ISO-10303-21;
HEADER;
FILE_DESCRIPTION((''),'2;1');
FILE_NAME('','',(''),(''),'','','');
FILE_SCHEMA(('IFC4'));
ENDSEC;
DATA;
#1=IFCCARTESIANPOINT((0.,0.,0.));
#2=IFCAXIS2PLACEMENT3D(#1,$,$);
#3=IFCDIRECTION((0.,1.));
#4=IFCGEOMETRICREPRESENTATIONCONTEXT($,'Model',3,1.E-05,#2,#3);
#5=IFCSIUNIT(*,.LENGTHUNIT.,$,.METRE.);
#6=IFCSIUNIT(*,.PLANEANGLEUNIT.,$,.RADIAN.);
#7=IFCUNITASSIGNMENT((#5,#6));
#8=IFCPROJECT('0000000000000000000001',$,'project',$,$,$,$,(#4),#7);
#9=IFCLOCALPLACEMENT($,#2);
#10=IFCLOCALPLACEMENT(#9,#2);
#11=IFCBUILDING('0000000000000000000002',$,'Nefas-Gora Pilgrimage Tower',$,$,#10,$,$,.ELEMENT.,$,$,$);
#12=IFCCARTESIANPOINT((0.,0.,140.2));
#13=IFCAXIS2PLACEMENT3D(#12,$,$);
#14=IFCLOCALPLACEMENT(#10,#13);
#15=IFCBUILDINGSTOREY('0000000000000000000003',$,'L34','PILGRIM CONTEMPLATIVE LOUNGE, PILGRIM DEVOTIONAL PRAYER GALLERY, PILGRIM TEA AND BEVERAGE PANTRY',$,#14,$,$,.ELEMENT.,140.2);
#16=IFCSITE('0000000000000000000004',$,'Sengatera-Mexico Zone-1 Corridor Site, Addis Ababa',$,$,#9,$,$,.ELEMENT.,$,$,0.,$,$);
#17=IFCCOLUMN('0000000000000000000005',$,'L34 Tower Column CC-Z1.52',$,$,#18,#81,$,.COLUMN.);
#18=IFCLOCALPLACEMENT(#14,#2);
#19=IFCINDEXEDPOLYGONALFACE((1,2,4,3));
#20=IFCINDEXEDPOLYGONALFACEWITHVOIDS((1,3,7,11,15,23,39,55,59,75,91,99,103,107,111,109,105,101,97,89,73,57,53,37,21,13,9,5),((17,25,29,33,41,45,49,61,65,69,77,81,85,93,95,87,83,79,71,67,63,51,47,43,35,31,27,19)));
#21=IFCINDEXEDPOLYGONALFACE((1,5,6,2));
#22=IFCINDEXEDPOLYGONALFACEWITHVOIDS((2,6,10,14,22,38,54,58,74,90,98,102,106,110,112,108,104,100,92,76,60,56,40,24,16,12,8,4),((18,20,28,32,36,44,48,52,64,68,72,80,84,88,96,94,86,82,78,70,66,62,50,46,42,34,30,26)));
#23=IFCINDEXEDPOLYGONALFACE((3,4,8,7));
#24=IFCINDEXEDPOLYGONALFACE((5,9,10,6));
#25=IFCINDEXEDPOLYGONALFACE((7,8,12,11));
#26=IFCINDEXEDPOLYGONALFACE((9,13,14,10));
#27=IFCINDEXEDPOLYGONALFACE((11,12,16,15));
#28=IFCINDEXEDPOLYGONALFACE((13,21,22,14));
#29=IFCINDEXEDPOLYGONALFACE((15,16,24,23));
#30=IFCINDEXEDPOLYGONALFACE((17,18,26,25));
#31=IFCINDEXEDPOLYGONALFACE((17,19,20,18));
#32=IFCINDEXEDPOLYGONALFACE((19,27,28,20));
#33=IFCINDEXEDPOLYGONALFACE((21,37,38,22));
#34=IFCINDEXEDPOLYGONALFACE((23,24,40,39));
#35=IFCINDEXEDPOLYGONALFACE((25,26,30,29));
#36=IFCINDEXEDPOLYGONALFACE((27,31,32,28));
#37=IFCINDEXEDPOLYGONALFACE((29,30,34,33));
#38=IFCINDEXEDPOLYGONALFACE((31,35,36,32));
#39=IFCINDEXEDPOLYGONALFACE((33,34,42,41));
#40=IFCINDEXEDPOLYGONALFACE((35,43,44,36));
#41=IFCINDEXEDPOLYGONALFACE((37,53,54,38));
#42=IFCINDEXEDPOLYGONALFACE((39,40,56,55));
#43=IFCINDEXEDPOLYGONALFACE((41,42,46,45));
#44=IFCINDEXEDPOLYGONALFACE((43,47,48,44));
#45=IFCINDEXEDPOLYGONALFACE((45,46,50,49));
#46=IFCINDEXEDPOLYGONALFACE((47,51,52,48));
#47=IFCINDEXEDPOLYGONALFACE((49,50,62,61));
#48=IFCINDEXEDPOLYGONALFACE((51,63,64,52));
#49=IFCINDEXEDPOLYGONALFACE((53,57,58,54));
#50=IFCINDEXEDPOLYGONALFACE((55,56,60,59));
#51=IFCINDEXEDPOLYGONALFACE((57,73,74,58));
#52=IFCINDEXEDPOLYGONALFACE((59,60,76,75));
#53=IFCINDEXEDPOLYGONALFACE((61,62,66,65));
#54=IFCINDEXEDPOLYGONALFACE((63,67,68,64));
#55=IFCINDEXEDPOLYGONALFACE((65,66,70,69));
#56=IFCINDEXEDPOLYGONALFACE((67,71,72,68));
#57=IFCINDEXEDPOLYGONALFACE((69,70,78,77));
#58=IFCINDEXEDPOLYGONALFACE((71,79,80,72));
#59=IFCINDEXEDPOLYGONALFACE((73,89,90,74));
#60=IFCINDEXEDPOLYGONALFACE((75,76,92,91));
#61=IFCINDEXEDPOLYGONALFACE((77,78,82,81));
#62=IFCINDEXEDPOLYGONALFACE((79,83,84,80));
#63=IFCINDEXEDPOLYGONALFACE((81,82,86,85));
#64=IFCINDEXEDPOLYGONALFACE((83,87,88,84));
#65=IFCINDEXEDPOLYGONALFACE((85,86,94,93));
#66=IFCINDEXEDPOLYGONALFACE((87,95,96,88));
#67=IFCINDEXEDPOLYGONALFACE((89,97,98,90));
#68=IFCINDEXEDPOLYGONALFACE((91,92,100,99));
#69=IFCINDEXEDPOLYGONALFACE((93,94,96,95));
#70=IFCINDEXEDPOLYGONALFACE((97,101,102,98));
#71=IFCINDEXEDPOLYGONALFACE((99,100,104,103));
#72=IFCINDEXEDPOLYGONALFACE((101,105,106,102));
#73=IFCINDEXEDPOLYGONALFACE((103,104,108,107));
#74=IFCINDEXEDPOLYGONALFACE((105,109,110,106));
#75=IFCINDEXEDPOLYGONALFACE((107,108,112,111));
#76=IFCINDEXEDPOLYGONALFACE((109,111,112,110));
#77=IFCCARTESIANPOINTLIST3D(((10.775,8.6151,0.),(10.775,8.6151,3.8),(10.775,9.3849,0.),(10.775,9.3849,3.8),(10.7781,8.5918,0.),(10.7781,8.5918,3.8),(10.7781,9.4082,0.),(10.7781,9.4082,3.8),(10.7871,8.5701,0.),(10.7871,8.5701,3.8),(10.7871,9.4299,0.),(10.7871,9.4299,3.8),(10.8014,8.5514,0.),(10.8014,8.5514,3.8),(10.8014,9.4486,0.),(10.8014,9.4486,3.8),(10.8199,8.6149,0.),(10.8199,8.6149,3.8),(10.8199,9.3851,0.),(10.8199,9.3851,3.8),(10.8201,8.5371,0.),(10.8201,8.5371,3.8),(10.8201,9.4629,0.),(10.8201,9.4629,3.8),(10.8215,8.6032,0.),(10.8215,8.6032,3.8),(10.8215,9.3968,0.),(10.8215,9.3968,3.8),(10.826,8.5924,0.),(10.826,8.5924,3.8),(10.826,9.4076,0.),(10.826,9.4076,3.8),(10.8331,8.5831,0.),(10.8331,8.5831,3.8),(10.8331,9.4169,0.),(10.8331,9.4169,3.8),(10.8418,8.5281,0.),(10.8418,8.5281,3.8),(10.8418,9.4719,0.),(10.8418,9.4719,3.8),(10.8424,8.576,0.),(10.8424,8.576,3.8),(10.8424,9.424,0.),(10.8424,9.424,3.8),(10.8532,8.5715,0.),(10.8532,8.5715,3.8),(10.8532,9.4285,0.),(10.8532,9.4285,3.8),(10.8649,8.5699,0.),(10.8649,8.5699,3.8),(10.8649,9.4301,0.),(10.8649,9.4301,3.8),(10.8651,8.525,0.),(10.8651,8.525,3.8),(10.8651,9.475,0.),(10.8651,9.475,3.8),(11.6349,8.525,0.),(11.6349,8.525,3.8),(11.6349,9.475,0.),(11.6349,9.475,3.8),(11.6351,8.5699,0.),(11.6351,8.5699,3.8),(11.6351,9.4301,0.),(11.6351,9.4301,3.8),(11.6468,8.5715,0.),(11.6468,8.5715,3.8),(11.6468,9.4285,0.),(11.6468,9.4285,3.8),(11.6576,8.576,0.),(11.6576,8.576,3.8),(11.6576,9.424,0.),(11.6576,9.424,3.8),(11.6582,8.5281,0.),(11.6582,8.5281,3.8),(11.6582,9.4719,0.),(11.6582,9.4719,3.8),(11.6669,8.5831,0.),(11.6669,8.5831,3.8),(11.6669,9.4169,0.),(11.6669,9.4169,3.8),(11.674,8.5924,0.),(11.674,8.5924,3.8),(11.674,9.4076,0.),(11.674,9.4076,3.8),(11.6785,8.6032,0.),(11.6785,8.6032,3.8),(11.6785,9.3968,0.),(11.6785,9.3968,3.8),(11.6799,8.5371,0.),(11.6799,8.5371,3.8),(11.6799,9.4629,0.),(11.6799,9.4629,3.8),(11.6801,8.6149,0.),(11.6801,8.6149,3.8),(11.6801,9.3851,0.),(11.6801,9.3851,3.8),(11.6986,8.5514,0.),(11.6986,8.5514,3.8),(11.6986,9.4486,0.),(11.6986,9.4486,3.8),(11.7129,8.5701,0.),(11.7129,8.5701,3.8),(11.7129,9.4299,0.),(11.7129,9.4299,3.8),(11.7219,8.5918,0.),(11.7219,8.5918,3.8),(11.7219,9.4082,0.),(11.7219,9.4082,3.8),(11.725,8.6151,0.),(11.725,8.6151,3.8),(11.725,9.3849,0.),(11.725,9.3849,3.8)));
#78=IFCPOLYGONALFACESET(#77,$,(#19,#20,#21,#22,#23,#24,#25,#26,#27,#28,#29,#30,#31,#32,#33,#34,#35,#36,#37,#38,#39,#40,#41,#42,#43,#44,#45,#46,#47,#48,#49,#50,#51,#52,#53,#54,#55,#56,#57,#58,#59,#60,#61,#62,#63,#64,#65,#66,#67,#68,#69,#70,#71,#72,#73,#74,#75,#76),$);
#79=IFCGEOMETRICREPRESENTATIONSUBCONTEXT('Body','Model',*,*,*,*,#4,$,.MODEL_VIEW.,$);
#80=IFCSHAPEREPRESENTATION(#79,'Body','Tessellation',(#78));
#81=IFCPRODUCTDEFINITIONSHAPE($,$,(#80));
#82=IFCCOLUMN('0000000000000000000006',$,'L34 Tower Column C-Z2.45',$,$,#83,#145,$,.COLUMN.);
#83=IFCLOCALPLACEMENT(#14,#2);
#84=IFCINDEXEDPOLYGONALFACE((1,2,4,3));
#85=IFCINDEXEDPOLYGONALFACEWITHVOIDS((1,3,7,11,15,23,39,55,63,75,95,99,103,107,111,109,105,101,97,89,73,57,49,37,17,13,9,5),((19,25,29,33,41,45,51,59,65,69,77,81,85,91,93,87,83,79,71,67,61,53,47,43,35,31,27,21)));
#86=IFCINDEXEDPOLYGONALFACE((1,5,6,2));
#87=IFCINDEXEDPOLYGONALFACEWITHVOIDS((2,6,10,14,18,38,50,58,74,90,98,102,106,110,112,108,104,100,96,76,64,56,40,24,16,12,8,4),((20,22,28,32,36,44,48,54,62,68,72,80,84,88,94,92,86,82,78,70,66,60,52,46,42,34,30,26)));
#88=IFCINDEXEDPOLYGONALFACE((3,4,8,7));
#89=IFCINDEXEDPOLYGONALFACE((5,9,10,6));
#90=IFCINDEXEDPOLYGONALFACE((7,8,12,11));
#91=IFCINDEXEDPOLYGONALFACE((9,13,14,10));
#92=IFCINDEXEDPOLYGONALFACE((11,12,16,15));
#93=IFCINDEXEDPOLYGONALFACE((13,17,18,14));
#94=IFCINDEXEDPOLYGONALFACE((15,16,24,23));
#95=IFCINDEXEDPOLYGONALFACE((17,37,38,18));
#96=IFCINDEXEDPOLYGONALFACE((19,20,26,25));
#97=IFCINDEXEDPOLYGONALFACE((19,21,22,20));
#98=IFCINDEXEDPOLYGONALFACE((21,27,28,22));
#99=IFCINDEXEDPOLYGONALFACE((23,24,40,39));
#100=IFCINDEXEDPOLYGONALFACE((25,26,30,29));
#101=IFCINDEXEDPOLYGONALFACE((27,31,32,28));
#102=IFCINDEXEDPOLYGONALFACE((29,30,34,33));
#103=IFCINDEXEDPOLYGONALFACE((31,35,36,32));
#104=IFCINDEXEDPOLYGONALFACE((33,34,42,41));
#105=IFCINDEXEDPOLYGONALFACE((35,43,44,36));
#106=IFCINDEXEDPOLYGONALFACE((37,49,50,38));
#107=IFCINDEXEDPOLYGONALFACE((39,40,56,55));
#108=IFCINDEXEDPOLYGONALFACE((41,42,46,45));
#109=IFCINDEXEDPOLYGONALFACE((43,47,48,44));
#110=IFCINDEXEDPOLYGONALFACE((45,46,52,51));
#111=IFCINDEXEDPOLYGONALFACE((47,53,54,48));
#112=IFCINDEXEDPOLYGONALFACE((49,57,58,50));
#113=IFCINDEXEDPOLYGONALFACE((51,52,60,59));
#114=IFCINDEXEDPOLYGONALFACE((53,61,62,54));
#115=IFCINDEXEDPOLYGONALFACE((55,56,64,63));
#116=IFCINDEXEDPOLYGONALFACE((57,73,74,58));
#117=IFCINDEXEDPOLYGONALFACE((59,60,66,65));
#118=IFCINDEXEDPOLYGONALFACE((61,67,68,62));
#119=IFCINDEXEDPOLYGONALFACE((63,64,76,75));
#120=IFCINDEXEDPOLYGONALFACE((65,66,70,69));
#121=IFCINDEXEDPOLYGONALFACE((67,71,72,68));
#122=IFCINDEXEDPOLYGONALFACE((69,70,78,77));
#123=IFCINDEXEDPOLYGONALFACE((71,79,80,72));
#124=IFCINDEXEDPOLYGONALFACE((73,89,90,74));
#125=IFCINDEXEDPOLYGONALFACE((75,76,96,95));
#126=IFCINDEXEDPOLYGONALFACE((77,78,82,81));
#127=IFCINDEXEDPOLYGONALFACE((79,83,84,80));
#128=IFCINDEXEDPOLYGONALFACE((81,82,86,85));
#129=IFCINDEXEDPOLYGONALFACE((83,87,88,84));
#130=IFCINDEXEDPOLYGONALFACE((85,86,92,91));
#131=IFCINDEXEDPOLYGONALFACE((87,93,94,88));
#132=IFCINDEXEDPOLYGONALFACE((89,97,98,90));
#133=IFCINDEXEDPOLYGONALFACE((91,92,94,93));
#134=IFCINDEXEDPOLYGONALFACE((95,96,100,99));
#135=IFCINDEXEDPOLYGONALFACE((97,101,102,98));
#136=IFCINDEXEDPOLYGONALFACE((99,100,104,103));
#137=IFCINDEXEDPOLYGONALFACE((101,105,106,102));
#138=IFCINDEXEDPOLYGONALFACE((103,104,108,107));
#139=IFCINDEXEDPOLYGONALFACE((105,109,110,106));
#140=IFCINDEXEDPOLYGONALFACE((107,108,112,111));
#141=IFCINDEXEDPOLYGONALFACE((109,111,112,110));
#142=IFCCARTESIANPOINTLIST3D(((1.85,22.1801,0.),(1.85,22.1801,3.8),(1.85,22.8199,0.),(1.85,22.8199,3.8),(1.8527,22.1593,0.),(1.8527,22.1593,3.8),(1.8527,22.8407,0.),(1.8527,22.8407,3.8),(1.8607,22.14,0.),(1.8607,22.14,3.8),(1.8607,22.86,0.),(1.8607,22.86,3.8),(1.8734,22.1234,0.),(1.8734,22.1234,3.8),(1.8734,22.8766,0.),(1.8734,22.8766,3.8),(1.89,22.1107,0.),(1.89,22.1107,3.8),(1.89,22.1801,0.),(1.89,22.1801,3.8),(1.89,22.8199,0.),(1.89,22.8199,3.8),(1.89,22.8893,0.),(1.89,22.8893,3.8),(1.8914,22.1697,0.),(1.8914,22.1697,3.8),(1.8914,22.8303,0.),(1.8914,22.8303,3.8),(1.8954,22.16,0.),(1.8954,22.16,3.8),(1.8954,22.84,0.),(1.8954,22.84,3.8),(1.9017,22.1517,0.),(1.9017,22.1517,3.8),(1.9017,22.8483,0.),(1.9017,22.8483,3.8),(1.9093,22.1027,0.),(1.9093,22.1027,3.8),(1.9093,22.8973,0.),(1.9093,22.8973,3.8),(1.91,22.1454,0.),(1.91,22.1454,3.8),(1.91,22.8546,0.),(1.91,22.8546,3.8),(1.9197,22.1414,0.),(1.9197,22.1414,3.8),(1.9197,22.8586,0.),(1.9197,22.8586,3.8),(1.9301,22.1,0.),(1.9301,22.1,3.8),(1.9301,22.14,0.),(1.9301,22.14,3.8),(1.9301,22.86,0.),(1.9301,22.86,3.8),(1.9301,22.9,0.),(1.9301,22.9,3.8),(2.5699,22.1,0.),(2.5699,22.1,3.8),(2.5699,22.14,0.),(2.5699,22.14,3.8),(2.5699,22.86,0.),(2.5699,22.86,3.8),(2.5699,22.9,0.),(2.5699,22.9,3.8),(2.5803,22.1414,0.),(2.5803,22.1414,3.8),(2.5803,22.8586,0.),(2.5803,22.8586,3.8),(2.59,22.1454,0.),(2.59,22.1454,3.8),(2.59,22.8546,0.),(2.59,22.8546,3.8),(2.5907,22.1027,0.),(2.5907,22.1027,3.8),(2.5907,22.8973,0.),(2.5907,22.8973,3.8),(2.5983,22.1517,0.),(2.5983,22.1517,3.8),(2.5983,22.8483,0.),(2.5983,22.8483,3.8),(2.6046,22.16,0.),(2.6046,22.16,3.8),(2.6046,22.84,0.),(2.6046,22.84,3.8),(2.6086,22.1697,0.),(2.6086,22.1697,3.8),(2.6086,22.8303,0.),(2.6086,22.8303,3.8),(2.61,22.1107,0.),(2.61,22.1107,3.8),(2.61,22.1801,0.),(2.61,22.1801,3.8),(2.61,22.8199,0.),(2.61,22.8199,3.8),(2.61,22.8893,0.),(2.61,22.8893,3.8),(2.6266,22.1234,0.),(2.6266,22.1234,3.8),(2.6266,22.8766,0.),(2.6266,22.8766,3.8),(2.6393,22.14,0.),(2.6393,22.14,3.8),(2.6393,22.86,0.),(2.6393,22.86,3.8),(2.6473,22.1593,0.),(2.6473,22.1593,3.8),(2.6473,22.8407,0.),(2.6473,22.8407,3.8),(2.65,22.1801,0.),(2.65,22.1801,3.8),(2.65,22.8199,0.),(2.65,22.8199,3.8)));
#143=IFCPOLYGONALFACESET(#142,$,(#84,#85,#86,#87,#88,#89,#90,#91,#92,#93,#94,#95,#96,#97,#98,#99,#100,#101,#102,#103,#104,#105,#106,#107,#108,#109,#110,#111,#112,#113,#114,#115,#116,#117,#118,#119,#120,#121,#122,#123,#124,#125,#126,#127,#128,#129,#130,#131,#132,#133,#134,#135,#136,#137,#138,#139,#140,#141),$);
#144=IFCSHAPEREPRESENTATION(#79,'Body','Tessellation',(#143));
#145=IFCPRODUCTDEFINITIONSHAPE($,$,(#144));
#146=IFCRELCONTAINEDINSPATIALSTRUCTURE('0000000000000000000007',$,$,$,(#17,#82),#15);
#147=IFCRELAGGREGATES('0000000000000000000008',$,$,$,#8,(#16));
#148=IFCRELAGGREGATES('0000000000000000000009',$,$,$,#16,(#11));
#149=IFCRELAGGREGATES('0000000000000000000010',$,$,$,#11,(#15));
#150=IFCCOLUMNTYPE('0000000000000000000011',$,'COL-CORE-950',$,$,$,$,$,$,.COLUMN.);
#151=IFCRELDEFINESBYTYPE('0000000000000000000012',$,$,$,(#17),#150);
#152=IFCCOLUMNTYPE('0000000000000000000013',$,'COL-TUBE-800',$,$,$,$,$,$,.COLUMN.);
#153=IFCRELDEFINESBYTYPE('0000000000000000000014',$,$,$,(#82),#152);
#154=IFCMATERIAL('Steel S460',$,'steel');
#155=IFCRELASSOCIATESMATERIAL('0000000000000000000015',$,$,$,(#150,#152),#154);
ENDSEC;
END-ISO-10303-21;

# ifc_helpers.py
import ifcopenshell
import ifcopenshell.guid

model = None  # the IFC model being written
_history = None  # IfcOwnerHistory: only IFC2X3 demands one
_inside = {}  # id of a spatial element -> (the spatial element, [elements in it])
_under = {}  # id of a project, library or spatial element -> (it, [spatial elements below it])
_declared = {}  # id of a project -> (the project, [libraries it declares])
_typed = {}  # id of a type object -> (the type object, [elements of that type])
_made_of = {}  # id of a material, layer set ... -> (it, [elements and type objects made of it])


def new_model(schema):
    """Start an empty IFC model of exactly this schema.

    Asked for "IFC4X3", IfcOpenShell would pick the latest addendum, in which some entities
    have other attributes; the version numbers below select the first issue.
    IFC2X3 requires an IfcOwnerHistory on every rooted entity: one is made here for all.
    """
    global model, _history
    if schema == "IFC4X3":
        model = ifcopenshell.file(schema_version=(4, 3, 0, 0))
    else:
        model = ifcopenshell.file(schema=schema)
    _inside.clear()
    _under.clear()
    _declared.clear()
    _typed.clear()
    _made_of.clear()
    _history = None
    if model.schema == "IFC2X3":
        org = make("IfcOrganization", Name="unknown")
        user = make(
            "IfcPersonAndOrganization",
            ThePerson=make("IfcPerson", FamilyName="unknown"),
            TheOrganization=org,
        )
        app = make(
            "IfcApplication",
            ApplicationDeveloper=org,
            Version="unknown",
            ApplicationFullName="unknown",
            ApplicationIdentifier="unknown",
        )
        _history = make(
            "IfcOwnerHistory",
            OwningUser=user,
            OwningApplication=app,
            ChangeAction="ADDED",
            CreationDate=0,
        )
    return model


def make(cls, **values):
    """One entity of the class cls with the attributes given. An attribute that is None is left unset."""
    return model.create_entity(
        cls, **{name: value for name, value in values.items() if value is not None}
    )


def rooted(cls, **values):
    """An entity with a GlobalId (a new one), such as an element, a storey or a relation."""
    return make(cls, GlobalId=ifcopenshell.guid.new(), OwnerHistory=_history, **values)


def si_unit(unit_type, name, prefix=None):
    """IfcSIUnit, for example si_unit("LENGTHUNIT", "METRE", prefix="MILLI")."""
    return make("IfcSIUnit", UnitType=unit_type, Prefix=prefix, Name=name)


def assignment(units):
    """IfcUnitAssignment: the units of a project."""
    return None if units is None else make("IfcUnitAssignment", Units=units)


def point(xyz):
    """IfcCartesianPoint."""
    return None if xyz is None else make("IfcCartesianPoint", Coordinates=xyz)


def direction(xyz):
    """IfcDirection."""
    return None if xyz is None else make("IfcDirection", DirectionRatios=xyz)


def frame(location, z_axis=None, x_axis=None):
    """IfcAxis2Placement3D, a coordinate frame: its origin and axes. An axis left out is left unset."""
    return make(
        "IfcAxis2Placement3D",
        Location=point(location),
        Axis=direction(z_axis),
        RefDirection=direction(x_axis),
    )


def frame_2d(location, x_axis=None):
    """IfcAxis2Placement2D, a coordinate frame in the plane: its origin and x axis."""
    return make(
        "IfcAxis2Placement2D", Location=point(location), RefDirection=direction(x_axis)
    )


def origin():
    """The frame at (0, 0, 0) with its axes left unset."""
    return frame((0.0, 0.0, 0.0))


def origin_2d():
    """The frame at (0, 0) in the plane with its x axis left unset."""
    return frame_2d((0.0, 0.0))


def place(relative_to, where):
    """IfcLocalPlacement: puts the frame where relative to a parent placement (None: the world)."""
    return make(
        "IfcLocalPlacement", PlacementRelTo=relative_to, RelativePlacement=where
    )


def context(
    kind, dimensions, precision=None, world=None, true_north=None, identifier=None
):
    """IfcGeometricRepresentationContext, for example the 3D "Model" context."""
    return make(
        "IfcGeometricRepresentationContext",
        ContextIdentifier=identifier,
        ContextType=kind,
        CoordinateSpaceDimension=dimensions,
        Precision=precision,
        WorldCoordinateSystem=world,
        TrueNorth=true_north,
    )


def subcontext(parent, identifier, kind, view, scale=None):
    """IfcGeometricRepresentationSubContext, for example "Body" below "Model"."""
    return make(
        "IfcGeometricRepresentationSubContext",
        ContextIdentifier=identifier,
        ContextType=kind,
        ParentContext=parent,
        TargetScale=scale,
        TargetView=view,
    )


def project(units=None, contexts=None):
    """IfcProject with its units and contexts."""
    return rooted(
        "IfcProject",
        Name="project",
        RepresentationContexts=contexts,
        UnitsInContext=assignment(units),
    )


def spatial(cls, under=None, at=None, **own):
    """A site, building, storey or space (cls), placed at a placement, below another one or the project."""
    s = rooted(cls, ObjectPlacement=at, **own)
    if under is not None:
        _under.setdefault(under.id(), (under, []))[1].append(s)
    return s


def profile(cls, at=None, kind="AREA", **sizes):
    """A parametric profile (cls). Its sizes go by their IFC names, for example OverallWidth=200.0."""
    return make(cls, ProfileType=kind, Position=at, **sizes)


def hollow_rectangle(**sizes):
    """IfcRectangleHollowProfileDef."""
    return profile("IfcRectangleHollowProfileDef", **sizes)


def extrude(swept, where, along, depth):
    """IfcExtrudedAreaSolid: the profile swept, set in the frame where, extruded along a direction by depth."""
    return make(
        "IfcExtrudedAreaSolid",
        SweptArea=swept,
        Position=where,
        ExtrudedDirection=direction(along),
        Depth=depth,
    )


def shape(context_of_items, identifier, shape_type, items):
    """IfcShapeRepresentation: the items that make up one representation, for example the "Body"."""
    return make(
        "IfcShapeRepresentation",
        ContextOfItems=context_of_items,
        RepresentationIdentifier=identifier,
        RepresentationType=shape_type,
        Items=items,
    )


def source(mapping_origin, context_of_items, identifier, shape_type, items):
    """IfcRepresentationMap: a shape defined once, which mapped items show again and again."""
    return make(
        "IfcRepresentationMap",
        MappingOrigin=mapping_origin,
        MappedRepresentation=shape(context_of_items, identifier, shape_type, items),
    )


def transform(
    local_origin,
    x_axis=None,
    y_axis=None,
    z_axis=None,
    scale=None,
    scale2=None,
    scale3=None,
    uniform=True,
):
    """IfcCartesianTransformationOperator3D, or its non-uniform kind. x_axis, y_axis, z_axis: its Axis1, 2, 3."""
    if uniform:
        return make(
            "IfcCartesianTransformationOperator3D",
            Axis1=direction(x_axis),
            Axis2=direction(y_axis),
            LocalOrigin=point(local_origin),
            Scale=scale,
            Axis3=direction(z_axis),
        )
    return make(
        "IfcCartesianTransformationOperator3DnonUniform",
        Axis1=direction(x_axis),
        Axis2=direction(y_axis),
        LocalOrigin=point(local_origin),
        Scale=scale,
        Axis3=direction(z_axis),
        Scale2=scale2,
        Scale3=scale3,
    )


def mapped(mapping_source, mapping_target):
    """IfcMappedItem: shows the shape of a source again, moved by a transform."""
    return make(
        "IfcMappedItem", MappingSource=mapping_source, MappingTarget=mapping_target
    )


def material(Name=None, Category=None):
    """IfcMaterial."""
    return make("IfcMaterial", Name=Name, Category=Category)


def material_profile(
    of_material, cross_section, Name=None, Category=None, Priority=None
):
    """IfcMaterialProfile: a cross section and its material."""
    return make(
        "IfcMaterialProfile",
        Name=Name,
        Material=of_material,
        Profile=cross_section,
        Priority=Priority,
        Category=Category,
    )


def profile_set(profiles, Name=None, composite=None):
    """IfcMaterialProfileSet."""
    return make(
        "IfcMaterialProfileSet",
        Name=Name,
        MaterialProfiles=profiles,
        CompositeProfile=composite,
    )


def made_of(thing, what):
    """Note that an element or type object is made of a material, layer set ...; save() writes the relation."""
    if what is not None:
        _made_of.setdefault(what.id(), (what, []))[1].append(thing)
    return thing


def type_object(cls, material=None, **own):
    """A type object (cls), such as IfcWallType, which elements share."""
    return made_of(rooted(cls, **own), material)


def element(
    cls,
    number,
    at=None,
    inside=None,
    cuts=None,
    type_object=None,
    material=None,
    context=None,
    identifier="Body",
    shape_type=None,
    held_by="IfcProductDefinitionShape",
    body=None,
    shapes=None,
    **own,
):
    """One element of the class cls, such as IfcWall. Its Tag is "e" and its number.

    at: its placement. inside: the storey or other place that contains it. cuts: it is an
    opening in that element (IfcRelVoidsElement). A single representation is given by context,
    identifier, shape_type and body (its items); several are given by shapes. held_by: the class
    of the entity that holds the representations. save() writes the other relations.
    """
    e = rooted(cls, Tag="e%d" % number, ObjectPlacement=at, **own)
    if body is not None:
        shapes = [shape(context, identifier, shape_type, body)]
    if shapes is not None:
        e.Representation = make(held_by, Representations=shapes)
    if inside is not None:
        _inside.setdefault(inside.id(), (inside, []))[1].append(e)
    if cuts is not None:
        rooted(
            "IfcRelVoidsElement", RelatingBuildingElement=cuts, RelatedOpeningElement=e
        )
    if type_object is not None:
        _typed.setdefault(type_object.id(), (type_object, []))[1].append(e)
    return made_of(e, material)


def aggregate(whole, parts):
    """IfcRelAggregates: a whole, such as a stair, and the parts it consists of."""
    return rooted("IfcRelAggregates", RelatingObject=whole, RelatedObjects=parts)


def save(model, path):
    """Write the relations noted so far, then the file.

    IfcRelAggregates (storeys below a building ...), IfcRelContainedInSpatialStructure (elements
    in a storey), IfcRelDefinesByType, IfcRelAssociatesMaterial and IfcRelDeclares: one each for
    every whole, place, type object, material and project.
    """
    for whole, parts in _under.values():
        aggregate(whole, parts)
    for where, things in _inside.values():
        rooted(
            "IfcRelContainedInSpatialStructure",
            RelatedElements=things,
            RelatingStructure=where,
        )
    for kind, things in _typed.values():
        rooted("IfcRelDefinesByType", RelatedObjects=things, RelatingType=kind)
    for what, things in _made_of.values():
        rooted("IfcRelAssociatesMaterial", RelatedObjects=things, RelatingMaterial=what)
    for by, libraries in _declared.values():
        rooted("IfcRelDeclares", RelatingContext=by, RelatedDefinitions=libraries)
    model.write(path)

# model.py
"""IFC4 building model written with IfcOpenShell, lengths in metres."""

from ifc_helpers import new_model, si_unit, direction, frame, origin, origin_2d, place, context, subcontext, project, spatial, hollow_rectangle, extrude, source, transform, mapped, material, material_profile, profile_set, type_object, element, save


model = new_model("IFC4")

# Units and contexts
model_context = context("Model", 3, precision=1e-05, world=origin(), true_north=direction((0.0, 1.0)))
body_context = subcontext(model_context, "Body", "Model", "MODEL_VIEW")
ifc_project = project(units=[si_unit("LENGTHUNIT", "METRE"), si_unit("PLANEANGLEUNIT", "RADIAN")], contexts=[model_context])

# Site, building, storey
site_placement = place(None, origin())
site = spatial("IfcSite", under=ifc_project, at=site_placement, Name="Sengatera-Mexico Zone-1 Corridor Site, Addis Ababa", CompositionType="ELEMENT", RefElevation=0.0)
building_placement = place(site_placement, origin())
building = spatial("IfcBuilding", under=site, at=building_placement, Name="Nefas-Gora Pilgrimage Tower", CompositionType="ELEMENT")
storey_placement = place(building_placement, frame((0.0, 0.0, 140.2)))
storey = spatial("IfcBuildingStorey", under=building, at=storey_placement, Name="L34", Description="PILGRIM CONTEMPLATIVE LOUNGE, PILGRIM DEVOTIONAL PRAYER GALLERY, PILGRIM TEA AND BEVERAGE PANTRY", CompositionType="ELEMENT", Elevation=140.2)

# Columns
ifc_material_1 = material(Name="Steel S460", Category="steel")
ifc_material_profile_1 = material_profile(ifc_material_1, hollow_rectangle(XDim=0.95, YDim=0.95, WallThickness=0.0449, InnerFilletRadius=0.0449, OuterFilletRadius=0.0901, at=origin_2d()), Name="BOX 950x950x45")
ifc_profile_set_1 = profile_set([ifc_material_profile_1], Name="Steel S460")
column_type_1 = type_object("IfcColumnType", Name="COL-CORE-950", PredefinedType="COLUMN", material=ifc_profile_set_1)
shared_shape_1 = source(origin(), body_context, "Body", "SweptSolid", [
    extrude(hollow_rectangle(XDim=0.95, YDim=0.95, WallThickness=0.0449, InnerFilletRadius=0.0449, OuterFilletRadius=0.0901, at=origin_2d()), origin(), (0.0, 0.0, 1.0), 3.8),
])
column_placement = place(storey_placement, frame((11.25, 9.0, 0.0), z_axis=(0.0, 0.0, 1.0), x_axis=(1.0, 0.0, 0.0)))
element("IfcColumn", 1, at=column_placement, inside=storey, type_object=column_type_1, Name="L34 Tower Column CC-Z1.52", PredefinedType="COLUMN", context=body_context, shape_type="MappedRepresentation", body=[
    mapped(shared_shape_1, transform((0.0, 0.0, 0.0), x_axis=(1.0, 0.0, 0.0), y_axis=(0.0, 1.0, 0.0), z_axis=(0.0, 0.0, 1.0), scale=1.0)),
])
ifc_material_profile_2 = material_profile(ifc_material_1, hollow_rectangle(XDim=0.8, YDim=0.8, WallThickness=0.04, InnerFilletRadius=0.04, OuterFilletRadius=0.0801, at=origin_2d()), Name="BOX 800x800x40")
ifc_profile_set_2 = profile_set([ifc_material_profile_2], Name="Steel S460")
column_type_2 = type_object("IfcColumnType", Name="COL-TUBE-800", PredefinedType="COLUMN", material=ifc_profile_set_2)
shared_shape_2 = source(origin(), body_context, "Body", "SweptSolid", [
    extrude(hollow_rectangle(XDim=0.8, YDim=0.8, WallThickness=0.04, InnerFilletRadius=0.04, OuterFilletRadius=0.0801, at=origin_2d()), origin(), (0.0, 0.0, 1.0), 3.8),
])
for number, where, z_axis, x_axis, name in (
    (2, (2.25, 22.5, 0.0), (0.0, 0.0, 1.0), (1.0, 0.0, 0.0), "L34 Tower Column C-Z2.45"),
):
    element("IfcColumn", number, at=place(storey_placement, frame(where, z_axis=z_axis, x_axis=x_axis)), inside=storey, type_object=column_type_2, Name=name, PredefinedType="COLUMN", context=body_context, shape_type="MappedRepresentation", body=[
        mapped(shared_shape_2, transform((0.0, 0.0, 0.0), x_axis=(1.0, 0.0, 0.0), y_axis=(0.0, 1.0, 0.0), z_axis=(0.0, 0.0, 1.0), scale=1.0)),
    ])

save(model, "model.ifc")
